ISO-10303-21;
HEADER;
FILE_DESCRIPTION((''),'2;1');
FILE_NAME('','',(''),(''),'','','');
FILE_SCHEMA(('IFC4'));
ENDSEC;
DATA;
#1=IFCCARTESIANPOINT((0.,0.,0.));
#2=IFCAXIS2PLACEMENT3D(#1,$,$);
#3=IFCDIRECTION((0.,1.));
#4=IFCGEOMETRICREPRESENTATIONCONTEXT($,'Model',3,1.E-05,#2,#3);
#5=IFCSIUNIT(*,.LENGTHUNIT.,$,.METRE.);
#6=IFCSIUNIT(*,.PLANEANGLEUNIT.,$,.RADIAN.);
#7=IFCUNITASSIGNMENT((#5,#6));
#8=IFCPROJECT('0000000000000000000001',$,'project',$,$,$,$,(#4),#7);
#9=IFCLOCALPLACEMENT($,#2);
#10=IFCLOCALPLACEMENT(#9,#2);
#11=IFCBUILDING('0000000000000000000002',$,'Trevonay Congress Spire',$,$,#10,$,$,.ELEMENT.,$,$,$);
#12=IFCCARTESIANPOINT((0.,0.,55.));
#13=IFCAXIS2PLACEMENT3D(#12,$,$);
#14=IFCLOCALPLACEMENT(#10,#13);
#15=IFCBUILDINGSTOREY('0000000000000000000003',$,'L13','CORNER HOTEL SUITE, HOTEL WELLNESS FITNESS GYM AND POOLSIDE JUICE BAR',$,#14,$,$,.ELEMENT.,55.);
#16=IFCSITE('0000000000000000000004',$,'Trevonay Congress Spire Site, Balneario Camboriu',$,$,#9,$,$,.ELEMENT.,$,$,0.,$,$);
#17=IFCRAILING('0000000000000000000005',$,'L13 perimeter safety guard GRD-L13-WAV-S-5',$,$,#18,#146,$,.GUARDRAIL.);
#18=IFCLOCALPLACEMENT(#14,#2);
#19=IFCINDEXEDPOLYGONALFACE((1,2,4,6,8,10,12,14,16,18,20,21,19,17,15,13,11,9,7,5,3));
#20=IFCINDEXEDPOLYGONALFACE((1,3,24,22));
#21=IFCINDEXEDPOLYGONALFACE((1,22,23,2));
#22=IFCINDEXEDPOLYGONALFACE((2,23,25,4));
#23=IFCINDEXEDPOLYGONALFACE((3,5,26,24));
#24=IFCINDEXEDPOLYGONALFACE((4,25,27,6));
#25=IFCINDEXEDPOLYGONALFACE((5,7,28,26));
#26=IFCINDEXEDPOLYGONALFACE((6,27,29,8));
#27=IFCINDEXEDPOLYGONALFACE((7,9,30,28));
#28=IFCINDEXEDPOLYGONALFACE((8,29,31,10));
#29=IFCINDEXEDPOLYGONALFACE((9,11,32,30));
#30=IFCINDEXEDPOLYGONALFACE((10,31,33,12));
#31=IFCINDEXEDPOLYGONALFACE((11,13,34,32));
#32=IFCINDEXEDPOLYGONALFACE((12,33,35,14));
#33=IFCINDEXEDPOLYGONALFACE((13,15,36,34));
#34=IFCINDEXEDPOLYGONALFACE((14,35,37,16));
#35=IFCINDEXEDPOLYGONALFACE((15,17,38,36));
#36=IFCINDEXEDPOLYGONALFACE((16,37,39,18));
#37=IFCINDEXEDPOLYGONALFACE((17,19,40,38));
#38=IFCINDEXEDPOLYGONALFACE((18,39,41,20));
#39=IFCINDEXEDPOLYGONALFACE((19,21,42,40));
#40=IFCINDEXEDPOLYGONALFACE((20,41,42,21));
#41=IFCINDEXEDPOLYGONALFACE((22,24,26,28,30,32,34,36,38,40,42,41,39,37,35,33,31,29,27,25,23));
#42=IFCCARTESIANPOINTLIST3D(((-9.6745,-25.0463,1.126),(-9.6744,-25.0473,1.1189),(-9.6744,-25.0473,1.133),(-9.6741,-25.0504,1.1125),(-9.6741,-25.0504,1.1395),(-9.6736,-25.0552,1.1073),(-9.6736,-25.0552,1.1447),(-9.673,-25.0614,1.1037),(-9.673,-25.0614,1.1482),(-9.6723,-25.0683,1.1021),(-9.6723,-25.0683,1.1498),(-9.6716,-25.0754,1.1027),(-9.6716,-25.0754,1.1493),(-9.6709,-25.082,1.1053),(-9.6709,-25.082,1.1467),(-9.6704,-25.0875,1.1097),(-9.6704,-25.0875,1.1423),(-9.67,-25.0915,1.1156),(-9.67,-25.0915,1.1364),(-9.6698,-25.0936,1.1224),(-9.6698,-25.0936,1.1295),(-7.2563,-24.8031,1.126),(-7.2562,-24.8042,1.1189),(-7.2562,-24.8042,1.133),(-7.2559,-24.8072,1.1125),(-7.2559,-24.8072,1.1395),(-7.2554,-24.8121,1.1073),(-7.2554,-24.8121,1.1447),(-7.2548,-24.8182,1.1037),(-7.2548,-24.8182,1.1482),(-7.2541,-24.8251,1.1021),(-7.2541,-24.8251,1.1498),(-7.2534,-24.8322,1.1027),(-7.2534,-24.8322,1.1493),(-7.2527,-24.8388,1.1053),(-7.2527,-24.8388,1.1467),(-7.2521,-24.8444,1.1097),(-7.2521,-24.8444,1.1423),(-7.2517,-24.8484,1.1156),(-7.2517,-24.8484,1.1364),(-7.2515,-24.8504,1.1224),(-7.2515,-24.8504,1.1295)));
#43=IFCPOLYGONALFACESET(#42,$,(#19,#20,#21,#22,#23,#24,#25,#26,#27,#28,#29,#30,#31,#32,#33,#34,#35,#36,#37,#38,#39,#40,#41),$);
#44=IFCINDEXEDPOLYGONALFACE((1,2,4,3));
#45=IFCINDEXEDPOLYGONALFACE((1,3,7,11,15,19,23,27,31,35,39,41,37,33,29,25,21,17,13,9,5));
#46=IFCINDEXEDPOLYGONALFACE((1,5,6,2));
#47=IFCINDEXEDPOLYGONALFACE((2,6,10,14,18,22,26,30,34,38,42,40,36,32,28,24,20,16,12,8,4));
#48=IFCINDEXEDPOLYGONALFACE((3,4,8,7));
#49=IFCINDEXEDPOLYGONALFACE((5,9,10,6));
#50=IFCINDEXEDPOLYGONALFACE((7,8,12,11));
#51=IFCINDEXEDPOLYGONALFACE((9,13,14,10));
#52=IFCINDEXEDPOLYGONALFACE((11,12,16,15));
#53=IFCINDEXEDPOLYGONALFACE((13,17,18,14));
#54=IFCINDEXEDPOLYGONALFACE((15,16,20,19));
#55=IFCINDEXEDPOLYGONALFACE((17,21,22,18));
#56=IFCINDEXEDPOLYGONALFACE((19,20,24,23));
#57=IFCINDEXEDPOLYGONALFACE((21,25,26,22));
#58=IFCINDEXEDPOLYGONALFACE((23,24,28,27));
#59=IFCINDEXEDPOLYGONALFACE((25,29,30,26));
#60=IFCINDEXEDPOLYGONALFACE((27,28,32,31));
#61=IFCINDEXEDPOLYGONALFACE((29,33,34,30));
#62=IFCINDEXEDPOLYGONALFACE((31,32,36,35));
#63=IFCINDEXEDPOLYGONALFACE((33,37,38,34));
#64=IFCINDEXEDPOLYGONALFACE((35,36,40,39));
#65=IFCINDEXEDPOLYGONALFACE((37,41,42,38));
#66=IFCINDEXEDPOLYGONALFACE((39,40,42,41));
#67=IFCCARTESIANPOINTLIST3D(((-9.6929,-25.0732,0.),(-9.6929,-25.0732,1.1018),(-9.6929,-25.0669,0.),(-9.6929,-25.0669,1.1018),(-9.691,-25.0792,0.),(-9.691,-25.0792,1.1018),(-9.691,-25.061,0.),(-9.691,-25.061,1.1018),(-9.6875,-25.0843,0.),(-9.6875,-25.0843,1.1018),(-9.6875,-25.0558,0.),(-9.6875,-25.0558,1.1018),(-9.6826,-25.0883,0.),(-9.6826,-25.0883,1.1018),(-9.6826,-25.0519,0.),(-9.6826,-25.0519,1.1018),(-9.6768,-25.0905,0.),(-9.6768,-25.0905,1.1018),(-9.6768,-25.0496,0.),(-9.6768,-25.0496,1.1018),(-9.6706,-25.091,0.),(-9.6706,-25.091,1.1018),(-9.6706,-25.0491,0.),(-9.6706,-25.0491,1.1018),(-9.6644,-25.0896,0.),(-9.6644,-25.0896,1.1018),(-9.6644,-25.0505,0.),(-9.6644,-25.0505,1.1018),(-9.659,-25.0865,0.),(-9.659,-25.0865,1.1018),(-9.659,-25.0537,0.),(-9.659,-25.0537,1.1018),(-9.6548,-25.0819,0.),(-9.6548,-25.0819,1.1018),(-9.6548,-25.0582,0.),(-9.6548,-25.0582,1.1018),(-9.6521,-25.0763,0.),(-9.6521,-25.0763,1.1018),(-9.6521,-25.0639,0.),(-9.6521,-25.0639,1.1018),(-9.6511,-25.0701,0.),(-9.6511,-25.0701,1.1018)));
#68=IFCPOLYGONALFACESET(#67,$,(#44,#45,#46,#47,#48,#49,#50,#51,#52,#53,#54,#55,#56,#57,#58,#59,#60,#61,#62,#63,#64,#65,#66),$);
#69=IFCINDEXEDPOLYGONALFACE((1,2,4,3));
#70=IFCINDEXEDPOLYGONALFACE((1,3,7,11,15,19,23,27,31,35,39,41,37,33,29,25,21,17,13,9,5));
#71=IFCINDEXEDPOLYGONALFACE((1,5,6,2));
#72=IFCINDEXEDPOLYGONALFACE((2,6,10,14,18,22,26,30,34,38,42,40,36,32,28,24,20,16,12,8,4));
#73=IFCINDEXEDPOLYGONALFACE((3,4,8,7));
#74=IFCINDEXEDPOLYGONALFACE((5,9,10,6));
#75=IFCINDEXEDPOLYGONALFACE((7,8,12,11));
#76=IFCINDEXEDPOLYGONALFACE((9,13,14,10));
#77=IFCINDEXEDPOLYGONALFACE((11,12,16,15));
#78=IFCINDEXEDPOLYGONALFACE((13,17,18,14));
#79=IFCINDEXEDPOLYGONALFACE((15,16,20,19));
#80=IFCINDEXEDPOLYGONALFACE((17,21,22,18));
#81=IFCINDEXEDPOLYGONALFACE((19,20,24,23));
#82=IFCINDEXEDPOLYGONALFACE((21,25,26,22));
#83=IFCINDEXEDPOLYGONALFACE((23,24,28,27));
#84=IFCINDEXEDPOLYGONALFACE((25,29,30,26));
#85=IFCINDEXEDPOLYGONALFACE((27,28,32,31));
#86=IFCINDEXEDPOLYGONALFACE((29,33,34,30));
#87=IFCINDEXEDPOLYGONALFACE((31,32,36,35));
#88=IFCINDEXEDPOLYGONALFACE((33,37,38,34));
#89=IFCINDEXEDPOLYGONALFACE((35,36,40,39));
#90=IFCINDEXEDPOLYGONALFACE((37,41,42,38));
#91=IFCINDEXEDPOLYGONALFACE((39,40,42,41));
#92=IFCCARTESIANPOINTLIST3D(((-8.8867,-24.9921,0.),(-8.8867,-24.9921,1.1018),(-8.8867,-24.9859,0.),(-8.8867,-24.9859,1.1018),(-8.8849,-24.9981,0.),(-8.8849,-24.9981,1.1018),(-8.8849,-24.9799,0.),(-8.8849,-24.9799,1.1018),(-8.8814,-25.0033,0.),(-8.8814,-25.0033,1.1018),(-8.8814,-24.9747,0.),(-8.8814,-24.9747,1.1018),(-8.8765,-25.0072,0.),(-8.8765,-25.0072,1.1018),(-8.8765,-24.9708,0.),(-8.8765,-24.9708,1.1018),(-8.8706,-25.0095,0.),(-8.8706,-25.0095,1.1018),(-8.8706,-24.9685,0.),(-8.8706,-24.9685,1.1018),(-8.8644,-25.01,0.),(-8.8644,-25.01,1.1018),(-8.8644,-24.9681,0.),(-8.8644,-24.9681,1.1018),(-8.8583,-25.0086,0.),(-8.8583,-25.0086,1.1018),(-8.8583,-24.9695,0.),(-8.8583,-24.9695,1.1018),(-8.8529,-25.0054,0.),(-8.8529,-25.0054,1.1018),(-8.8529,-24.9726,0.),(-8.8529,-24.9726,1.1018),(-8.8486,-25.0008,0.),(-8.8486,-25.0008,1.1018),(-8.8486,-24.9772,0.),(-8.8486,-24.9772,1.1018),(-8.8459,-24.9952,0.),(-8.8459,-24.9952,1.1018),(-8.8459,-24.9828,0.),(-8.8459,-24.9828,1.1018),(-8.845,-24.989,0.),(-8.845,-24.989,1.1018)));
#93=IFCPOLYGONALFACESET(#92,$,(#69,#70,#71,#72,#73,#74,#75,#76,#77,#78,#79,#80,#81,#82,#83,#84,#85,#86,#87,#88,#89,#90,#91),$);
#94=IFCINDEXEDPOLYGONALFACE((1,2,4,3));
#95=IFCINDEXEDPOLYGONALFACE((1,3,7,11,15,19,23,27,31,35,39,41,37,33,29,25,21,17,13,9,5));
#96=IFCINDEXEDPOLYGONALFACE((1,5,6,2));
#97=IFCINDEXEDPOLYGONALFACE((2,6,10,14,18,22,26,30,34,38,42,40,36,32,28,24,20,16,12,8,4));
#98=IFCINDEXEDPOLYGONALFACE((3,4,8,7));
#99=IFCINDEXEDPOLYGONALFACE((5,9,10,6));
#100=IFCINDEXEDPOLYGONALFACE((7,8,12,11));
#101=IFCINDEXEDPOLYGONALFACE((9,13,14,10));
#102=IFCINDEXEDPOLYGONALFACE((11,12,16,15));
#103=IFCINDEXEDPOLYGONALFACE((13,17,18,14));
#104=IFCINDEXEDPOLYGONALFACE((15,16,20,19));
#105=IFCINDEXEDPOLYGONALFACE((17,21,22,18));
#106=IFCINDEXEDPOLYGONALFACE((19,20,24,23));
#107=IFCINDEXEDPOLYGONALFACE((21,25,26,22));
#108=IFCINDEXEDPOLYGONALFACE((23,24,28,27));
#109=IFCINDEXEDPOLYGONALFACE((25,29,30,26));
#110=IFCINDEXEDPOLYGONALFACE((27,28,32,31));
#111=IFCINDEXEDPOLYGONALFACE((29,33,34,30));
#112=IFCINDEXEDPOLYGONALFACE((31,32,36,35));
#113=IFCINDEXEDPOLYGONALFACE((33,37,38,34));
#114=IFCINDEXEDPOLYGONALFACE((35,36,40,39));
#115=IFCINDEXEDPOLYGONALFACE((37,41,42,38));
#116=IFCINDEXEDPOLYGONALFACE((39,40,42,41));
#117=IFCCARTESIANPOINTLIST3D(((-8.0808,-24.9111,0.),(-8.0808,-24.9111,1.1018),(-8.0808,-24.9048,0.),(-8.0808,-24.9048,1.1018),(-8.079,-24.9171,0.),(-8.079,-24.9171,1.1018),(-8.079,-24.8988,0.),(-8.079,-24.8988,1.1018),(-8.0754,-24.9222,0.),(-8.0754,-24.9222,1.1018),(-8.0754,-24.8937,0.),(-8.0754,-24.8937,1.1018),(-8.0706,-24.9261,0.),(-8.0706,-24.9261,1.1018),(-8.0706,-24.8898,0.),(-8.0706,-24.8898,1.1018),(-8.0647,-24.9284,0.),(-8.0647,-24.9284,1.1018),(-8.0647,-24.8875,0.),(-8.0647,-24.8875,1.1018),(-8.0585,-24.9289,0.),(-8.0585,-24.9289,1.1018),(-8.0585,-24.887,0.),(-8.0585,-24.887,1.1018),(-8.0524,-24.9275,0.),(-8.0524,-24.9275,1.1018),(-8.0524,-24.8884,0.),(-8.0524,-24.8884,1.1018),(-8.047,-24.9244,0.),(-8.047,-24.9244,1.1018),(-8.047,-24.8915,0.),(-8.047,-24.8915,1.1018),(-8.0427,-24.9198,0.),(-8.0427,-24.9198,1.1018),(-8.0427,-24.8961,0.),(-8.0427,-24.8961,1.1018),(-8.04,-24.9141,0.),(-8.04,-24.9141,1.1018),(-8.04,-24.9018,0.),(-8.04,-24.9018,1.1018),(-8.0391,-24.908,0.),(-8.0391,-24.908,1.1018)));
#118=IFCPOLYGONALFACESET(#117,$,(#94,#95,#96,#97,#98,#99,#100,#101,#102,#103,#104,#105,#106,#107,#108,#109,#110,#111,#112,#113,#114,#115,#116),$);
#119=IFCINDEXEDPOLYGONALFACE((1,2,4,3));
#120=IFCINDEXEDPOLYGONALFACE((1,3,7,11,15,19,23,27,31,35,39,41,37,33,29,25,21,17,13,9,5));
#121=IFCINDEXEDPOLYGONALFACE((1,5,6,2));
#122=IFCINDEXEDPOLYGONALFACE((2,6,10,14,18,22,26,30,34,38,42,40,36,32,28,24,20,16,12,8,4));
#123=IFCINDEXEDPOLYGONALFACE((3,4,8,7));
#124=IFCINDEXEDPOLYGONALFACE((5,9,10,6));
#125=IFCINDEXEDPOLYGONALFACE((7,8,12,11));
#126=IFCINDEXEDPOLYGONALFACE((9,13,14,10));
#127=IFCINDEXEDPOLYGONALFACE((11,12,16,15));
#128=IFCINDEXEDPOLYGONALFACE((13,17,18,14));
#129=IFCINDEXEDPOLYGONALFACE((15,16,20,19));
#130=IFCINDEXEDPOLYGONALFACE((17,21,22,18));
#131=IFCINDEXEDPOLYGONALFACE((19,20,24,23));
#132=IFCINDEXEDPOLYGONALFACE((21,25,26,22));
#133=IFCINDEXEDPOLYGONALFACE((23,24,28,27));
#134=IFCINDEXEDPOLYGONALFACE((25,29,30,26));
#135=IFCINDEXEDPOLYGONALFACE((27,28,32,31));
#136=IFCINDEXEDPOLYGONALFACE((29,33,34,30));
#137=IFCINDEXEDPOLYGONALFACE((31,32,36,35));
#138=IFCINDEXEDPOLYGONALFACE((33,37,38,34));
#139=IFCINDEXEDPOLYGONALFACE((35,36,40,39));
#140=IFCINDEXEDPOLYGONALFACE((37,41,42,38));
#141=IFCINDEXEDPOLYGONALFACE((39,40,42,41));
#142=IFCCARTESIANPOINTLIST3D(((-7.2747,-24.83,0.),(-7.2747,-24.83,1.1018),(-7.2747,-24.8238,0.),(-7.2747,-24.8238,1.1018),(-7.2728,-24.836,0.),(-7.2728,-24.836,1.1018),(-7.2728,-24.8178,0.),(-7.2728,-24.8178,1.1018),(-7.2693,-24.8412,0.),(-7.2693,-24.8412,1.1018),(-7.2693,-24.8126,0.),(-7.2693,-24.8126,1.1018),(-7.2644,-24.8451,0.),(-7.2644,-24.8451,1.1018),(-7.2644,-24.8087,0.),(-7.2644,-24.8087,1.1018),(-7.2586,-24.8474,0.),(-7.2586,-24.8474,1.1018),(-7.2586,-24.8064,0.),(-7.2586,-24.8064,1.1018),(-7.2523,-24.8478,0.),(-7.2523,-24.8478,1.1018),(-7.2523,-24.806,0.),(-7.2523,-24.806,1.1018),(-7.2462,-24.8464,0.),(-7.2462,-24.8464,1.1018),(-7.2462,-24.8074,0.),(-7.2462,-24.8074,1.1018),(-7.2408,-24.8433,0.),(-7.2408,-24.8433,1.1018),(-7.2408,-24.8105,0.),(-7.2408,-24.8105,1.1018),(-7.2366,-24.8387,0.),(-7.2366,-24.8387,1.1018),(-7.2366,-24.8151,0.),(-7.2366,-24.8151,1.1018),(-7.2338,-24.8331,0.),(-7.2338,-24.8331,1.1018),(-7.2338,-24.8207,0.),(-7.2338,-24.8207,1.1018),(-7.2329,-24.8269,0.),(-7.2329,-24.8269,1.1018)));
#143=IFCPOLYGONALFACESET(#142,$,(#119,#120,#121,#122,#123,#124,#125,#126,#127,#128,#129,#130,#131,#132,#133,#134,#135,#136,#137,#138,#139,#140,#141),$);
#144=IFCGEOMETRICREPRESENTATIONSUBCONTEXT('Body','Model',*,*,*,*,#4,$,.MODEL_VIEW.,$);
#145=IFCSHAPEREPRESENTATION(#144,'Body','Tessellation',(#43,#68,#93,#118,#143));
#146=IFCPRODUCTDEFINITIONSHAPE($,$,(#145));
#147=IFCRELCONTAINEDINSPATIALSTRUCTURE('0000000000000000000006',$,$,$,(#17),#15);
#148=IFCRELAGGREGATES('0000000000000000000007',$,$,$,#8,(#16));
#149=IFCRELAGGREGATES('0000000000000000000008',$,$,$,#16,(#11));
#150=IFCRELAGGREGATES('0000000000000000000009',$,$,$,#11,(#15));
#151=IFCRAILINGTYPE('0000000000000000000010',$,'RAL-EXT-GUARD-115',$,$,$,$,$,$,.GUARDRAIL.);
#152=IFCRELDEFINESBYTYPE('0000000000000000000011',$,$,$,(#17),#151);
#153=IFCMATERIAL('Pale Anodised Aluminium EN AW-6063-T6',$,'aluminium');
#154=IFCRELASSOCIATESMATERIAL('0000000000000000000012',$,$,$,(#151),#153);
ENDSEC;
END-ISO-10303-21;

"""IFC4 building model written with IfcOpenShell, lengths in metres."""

from ifc_helpers import new_model, si_unit, direction, frame, origin, origin_2d, place, context, subcontext, project, spatial, circle, extrude, material, type_object, element, save


model = new_model("IFC4")

# Units and contexts
model_context = context("Model", 3, precision=1e-05, world=origin(), true_north=direction((0.0, 1.0)))
body_context = subcontext(model_context, "Body", "Model", "MODEL_VIEW")
ifc_project = project(units=[si_unit("LENGTHUNIT", "METRE"), si_unit("PLANEANGLEUNIT", "RADIAN")], contexts=[model_context])

# Site, building, storey
site_placement = place(None, origin())
site = spatial("IfcSite", under=ifc_project, at=site_placement, Name="Trevonay Congress Spire Site, Balneario Camboriu", CompositionType="ELEMENT", RefElevation=0.0)
building_placement = place(site_placement, origin())
building = spatial("IfcBuilding", under=site, at=building_placement, Name="Trevonay Congress Spire", CompositionType="ELEMENT")
storey_placement = place(building_placement, frame((0.0, 0.0, 55.0)))
storey = spatial("IfcBuildingStorey", under=building, at=storey_placement, Name="L13", Description="CORNER HOTEL SUITE, HOTEL WELLNESS FITNESS GYM AND POOLSIDE JUICE BAR", CompositionType="ELEMENT", Elevation=55.0)

# Shared definitions
ifc_material_1 = material(Name="Pale Anodised Aluminium EN AW-6063-T6", Category="aluminium")

# Railing
railing_type = type_object("IfcRailingType", Name="RAL-EXT-GUARD-115", PredefinedType="GUARDRAIL", material=ifc_material_1)
railing_1_placement = place(storey_placement, frame((-9.6721, -25.0701, 0.0)))
element("IfcRailing", 1, at=railing_1_placement, inside=storey, type_object=railing_type, Name="L13 perimeter safety guard GRD-L13-WAV-S-5", PredefinedType="GUARDRAIL", context=body_context, shape_type="SweptSolid", body=[
    extrude(circle(Radius=0.0239, at=origin_2d()), frame((0.0, 0.0, 1.126), z_axis=(0.994982, 0.100051, 0.0), x_axis=(-0.100051, 0.994982, 0.0)), (0.0, 0.0, 1.0), 2.4304),
    extrude(circle(Radius=0.021, at=origin_2d()), origin(), (0.0, 0.0, 1.0), 1.1018),
    extrude(circle(Radius=0.021, at=origin_2d()), frame((0.8062, 0.0811, 0.0)), (0.0, 0.0, 1.0), 1.1018),
    extrude(circle(Radius=0.021, at=origin_2d()), frame((1.6121, 0.1621, 0.0)), (0.0, 0.0, 1.0), 1.1018),
    extrude(circle(Radius=0.021, at=origin_2d()), frame((2.4182, 0.2432, 0.0)), (0.0, 0.0, 1.0), 1.1018),
])

save(model, "model.ifc")
